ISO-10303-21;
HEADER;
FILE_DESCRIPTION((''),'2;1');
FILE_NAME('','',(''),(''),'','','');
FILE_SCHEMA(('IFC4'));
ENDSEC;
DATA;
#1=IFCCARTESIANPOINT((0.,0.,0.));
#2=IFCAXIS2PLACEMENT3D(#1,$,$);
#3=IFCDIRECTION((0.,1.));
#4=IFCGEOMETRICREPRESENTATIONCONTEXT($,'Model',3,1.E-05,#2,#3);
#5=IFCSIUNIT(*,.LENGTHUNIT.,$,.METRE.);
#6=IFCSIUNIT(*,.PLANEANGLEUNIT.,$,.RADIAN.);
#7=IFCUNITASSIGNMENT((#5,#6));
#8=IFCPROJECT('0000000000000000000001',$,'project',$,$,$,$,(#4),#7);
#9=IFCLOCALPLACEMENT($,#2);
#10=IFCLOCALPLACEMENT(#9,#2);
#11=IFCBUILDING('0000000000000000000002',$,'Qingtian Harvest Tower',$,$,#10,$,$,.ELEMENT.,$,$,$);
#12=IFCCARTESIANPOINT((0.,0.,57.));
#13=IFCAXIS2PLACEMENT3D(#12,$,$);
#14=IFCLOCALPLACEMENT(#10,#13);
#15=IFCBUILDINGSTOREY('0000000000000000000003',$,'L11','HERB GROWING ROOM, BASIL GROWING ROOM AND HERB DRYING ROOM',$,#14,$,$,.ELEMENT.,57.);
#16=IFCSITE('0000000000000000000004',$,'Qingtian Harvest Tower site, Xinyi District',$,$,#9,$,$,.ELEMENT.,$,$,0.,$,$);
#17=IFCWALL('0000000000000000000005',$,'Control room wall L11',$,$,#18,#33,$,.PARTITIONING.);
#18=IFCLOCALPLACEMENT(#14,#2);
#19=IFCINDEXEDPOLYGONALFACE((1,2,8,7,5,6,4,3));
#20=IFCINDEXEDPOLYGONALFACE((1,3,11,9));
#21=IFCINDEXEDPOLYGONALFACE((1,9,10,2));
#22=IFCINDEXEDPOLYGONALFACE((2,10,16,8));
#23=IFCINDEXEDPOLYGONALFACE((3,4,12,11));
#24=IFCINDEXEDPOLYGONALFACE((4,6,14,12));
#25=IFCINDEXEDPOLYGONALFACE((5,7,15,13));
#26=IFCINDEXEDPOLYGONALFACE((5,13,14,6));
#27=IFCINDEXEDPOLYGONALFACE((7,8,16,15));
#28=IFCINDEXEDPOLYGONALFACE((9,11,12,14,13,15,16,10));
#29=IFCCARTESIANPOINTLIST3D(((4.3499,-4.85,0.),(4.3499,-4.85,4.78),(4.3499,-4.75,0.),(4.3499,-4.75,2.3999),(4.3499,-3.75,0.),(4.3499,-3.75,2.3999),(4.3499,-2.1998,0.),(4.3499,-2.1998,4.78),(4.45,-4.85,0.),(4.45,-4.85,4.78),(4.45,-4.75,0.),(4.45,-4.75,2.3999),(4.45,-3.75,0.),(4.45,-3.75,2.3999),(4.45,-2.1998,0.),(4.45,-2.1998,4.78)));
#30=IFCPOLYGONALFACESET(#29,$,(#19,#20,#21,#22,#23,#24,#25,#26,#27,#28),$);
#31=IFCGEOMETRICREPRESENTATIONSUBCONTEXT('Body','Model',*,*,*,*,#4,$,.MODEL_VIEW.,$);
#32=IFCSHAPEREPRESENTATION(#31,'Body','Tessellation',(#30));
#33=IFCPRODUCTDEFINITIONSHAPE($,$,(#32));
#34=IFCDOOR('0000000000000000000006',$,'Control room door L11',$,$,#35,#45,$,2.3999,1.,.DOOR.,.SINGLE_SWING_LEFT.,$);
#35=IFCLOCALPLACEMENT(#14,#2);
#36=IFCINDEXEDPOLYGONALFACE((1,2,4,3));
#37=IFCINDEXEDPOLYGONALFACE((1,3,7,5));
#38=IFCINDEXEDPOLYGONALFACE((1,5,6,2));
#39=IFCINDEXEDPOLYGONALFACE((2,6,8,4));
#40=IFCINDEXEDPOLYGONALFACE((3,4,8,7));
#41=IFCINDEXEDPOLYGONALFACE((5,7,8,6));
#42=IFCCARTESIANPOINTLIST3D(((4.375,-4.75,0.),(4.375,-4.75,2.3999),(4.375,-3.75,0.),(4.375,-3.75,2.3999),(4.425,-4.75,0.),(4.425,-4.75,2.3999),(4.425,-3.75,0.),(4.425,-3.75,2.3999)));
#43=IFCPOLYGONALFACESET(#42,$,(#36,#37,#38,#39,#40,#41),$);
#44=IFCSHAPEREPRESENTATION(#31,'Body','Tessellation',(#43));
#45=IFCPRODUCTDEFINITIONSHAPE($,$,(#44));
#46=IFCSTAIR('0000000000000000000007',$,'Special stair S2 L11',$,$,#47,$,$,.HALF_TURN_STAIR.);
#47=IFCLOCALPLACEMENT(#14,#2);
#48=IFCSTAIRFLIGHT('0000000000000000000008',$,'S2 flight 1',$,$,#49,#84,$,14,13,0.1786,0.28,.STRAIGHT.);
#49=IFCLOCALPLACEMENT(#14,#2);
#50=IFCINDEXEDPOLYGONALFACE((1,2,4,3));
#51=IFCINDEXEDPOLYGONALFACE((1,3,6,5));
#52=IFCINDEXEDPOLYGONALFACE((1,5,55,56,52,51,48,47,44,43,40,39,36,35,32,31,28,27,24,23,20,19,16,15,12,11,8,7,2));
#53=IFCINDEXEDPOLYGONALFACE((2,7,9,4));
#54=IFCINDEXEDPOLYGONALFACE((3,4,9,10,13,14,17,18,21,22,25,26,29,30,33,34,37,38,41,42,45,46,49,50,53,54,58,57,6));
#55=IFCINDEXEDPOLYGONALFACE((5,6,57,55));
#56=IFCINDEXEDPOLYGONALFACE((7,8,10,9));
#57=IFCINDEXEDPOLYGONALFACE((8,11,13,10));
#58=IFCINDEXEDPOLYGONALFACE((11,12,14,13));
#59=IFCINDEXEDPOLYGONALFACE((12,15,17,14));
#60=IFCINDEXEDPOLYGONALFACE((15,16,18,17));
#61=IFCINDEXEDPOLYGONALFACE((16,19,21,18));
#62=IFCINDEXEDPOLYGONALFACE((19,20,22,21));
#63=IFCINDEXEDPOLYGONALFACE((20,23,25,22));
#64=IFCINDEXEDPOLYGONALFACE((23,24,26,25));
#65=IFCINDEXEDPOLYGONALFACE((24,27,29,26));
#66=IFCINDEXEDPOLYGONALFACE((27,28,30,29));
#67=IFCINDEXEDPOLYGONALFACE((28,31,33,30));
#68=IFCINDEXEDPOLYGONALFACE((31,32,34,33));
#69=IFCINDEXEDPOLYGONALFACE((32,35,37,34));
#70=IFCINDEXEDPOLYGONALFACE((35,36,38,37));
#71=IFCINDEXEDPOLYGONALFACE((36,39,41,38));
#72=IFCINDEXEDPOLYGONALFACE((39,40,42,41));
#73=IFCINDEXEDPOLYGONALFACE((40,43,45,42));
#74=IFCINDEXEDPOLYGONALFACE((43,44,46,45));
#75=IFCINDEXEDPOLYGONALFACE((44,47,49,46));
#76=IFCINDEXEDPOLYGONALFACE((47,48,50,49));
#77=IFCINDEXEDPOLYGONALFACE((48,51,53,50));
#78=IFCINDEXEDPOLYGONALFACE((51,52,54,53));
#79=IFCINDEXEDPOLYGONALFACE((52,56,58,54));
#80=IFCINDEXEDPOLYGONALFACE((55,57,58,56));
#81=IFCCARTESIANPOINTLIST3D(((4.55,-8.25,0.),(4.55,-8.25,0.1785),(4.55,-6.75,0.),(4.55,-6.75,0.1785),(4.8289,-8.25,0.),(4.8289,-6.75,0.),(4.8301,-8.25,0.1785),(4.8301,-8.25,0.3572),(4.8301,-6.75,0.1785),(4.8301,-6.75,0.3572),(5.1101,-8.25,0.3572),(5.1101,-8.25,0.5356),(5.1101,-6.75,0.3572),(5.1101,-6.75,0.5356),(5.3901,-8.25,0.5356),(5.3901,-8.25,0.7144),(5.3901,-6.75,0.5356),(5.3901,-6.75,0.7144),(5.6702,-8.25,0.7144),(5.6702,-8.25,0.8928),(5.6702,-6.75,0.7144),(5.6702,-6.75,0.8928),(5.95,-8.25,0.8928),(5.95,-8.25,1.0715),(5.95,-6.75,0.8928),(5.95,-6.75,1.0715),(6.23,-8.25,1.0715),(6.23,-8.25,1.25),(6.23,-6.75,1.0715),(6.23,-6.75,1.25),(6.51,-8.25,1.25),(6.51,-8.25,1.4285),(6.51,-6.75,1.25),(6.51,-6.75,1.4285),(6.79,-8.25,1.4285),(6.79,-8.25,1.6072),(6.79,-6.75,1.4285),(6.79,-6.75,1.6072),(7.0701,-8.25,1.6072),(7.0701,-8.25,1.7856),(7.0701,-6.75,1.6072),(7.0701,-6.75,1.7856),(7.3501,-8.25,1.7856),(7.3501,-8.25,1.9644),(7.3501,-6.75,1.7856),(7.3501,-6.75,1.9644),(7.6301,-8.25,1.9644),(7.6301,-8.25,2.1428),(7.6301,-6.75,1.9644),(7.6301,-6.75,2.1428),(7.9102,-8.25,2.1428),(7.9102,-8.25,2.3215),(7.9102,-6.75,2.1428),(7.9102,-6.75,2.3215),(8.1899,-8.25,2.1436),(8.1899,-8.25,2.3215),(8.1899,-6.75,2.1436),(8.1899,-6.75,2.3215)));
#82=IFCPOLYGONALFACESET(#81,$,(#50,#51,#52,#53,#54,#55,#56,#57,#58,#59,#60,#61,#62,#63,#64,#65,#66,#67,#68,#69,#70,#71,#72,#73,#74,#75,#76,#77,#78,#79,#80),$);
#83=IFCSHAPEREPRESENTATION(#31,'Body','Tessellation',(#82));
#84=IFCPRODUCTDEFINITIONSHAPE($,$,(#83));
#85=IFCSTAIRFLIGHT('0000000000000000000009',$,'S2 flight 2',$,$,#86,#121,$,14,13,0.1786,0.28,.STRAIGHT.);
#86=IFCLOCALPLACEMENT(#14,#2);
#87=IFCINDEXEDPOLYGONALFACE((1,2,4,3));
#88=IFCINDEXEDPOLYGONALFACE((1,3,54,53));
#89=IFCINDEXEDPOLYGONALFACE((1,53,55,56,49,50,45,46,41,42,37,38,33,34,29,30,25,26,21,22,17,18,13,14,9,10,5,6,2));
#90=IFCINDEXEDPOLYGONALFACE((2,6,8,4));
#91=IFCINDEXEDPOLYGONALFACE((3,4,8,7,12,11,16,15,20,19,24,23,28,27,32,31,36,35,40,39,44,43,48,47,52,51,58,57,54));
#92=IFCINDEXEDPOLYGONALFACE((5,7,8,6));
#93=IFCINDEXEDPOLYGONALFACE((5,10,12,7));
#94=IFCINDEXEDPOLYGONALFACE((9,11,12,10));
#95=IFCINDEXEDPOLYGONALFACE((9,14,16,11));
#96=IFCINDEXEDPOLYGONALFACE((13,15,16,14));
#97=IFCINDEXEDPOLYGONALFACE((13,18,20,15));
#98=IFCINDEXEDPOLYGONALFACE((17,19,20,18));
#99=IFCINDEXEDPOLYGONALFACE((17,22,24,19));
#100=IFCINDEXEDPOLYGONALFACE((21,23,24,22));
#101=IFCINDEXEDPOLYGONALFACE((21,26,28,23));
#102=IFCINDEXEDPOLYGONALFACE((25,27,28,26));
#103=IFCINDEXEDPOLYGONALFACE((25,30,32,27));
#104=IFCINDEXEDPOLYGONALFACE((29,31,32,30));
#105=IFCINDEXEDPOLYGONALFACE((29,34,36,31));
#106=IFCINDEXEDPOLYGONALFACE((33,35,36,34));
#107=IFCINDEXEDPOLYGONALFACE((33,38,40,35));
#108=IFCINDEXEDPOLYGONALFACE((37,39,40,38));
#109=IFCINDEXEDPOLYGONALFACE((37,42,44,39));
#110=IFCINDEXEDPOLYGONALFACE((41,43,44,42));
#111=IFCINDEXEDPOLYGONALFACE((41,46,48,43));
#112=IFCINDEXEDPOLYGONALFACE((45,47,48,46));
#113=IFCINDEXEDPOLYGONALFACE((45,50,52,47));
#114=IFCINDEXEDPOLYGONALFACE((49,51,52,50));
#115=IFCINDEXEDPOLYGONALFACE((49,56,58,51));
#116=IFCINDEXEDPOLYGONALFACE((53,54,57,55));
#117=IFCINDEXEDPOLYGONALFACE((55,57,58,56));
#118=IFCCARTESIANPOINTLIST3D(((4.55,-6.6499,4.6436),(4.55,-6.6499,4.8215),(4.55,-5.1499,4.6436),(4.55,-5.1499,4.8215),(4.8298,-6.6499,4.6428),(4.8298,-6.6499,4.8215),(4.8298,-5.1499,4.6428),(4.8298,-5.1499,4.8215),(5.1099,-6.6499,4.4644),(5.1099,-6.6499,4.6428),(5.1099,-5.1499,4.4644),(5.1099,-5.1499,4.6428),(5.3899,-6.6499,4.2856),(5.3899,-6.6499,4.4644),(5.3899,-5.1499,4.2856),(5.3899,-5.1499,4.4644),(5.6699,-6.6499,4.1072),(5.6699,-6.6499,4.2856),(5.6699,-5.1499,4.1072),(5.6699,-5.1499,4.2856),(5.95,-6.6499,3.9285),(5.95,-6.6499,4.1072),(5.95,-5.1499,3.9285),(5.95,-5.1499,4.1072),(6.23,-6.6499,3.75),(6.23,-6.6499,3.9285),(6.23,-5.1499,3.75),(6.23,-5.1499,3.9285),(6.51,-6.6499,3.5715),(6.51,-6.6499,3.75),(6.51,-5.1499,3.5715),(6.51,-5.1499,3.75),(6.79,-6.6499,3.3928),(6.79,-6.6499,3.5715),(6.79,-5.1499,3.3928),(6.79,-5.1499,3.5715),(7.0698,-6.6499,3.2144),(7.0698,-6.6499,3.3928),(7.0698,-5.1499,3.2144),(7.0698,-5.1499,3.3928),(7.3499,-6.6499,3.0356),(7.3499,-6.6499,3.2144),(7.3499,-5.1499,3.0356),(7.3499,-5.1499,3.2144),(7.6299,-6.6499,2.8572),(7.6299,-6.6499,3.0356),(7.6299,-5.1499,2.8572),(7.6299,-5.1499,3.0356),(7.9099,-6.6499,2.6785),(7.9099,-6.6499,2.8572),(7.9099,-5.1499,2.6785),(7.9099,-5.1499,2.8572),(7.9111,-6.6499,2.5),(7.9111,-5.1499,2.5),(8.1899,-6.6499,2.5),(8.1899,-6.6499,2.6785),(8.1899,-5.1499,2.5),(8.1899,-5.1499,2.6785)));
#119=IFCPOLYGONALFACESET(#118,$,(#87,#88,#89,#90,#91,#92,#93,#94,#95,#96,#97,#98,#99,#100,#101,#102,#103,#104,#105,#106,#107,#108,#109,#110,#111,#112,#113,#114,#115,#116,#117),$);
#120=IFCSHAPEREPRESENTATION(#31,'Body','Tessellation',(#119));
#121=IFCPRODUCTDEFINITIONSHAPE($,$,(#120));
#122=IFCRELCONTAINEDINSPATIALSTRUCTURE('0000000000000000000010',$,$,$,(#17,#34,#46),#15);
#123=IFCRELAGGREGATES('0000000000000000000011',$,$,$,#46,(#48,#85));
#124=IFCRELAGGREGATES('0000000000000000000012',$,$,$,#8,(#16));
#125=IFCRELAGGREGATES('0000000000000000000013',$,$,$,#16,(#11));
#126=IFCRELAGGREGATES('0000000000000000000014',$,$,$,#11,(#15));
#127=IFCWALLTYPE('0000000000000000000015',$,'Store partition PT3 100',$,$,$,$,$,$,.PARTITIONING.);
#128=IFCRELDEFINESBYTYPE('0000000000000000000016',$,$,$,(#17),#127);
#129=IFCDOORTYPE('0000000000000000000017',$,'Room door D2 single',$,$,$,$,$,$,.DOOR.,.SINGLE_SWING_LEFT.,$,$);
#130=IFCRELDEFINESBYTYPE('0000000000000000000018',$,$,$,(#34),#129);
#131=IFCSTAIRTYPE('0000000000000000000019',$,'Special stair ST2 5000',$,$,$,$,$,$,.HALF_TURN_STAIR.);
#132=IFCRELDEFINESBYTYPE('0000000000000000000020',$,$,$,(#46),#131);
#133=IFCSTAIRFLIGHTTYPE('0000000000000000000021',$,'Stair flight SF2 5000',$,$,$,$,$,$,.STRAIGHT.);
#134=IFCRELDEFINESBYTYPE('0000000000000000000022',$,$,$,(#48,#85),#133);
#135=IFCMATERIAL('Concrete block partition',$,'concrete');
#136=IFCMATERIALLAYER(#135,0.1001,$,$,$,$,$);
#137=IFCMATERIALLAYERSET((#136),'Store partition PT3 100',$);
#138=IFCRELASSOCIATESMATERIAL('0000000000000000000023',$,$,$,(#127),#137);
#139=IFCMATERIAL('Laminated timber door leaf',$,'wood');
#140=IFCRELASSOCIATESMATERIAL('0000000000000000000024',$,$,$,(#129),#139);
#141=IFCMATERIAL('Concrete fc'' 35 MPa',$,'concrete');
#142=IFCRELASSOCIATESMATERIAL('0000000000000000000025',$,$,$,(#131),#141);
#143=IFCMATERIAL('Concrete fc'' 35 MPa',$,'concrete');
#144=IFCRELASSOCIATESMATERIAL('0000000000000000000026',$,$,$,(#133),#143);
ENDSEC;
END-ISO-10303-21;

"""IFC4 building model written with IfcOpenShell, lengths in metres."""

from ifc_helpers import new_model, si_unit, direction, frame, frame_2d, origin, place, context, subcontext, project, spatial, polyline, rectangle, outline, extrude, material, layer, layer_set, type_object, element, fill, aggregate, save


model = new_model("IFC4")

# Units and contexts
model_context = context("Model", 3, precision=1e-05, world=origin(), true_north=direction((0.0, 1.0)))
body_context = subcontext(model_context, "Body", "Model", "MODEL_VIEW")
ifc_project = project(units=[si_unit("LENGTHUNIT", "METRE"), si_unit("PLANEANGLEUNIT", "RADIAN")], contexts=[model_context])

# Site, building, storey
site_placement = place(None, origin())
site = spatial("IfcSite", under=ifc_project, at=site_placement, Name="Qingtian Harvest Tower site, Xinyi District", CompositionType="ELEMENT", RefElevation=0.0)
building_placement = place(site_placement, origin())
building = spatial("IfcBuilding", under=site, at=building_placement, Name="Qingtian Harvest Tower", CompositionType="ELEMENT")
storey_placement = place(building_placement, frame((0.0, 0.0, 57.0)))
storey = spatial("IfcBuildingStorey", under=building, at=storey_placement, Name="L11", Description="HERB GROWING ROOM, BASIL GROWING ROOM AND HERB DRYING ROOM", CompositionType="ELEMENT", Elevation=57.0)

# Wall, opening, door
ifc_material_1 = material(Name="Concrete block partition", Category="concrete")
ifc_layer_1 = layer(ifc_material_1, 0.1001)
ifc_layer_set_1 = layer_set([ifc_layer_1], Name="Store partition PT3 100")
wall_type_1 = type_object("IfcWallType", Name="Store partition PT3 100", PredefinedType="PARTITIONING", material=ifc_layer_set_1)
wall_1_placement = place(storey_placement, frame((4.3999, -4.8501, 0.0), z_axis=(0.0, 0.0, 1.0), x_axis=(0.0, 1.0, 0.0)))
wall_1 = element("IfcWall", 1, at=wall_1_placement, inside=storey, type_object=wall_type_1, Name="Control room wall L11", PredefinedType="PARTITIONING", context=body_context, shape_type="SweptSolid", body=[
    extrude(rectangle(XDim=2.6501, YDim=0.1001, at=frame_2d((1.3252, 0.0))), origin(), (0.0, 0.0, 1.0), 4.78),
])
opening_1_placement = place(wall_1_placement, frame((0.1001, 0.0, 0.0)))
opening_1 = element("IfcOpeningElement", 2, at=opening_1_placement, cuts=wall_1, PredefinedType="OPENING", context=body_context, shape_type="SweptSolid", body=[
    extrude(rectangle(XDim=1.0, YDim=2.3999, at=frame_2d((0.5, 1.2))), frame((0.0, 0.0601, 0.0), z_axis=(0.0, -1.0, 0.0), x_axis=(1.0, 0.0, 0.0)), (0.0, 0.0, 1.0), 0.1201),
])
ifc_material_2 = material(Name="Laminated timber door leaf", Category="wood")
door_type_1 = type_object("IfcDoorType", Name="Room door D2 single", OperationType="SINGLE_SWING_LEFT", PredefinedType="DOOR", material=ifc_material_2)
door_1_placement = place(opening_1_placement, origin())
door_1 = element("IfcDoor", 3, at=door_1_placement, inside=storey, type_object=door_type_1, Name="Control room door L11", OperationType="SINGLE_SWING_LEFT", OverallHeight=2.3999, OverallWidth=1.0, PredefinedType="DOOR", context=body_context, shape_type="SweptSolid", body=[
    extrude(rectangle(XDim=1.0, YDim=2.3999, at=frame_2d((0.5, 1.2))), frame((0.0, 0.0249, 0.0), z_axis=(0.0, -1.0, 0.0), x_axis=(1.0, 0.0, 0.0)), (0.0, 0.0, 1.0), 0.05),
])
fill(opening_1, door_1)

# Stair, stair flights
ifc_material_3 = material(Name="Concrete fc' 35 MPa", Category="concrete")
stair_type = type_object("IfcStairType", Name="Special stair ST2 5000", PredefinedType="HALF_TURN_STAIR", material=ifc_material_3)
stair_placement = place(storey_placement, origin())
stair = element("IfcStair", 4, at=stair_placement, inside=storey, type_object=stair_type, Name="Special stair S2 L11", PredefinedType="HALF_TURN_STAIR")
ifc_material_4 = material(Name="Concrete fc' 35 MPa", Category="concrete")
stair_flight_type = type_object("IfcStairFlightType", Name="Stair flight SF2 5000", PredefinedType="STRAIGHT", material=ifc_material_4)
stair_flight_1_placement = place(storey_placement, frame((4.55, -7.5, 0.0), z_axis=(0.0, 0.0, 1.0), x_axis=(1.0, 0.0, 0.0)))
stair_flight_1 = element("IfcStairFlight", 5, at=stair_flight_1_placement, type_object=stair_flight_type, Name="S2 flight 1", NumberOfRisers=14, NumberOfTreads=13, PredefinedType="STRAIGHT", RiserHeight=0.1786, TreadLength=0.28, context=body_context, shape_type="SweptSolid", body=[
    extrude(outline(polyline([(0.0, 0.0), (0.0, 0.1785), (0.28, 0.1785), (0.28, 0.3572), (0.5601, 0.3572), (0.5601, 0.5356), (0.8401, 0.5356), (0.8401, 0.7144), (1.1201, 0.7144), (1.1201, 0.8928), (1.3999, 0.8928), (1.3999, 1.0715), (1.6799, 1.0715), (1.6799, 1.25), (1.96, 1.25), (1.96, 1.4285), (2.24, 1.4285), (2.24, 1.6072), (2.52, 1.6072), (2.52, 1.7856), (2.8, 1.7856), (2.8, 1.9644), (3.0801, 1.9644), (3.0801, 2.1428), (3.3601, 2.1428), (3.3601, 2.3215), (3.6399, 2.3215), (3.6399, 2.5), (3.6399, 2.1436), (0.2788, 0.0), (0.0, 0.0)])), frame((0.0, 0.75, 0.0), z_axis=(0.0, -1.0, 0.0), x_axis=(1.0, 0.0, 0.0)), (0.0, 0.0, 1.0), 1.5),
])
stair_flight_2_placement = place(storey_placement, frame((8.1899, -5.8999, 2.5), z_axis=(0.0, 0.0, 1.0), x_axis=(-1.0, 0.0, 0.0)))
stair_flight_2 = element("IfcStairFlight", 6, at=stair_flight_2_placement, type_object=stair_flight_type, Name="S2 flight 2", NumberOfRisers=14, NumberOfTreads=13, PredefinedType="STRAIGHT", RiserHeight=0.1786, TreadLength=0.28, context=body_context, shape_type="SweptSolid", body=[
    extrude(outline(polyline([(0.0, 0.0), (0.0, 0.1785), (0.28, 0.1785), (0.28, 0.3572), (0.5601, 0.3572), (0.5601, 0.5356), (0.8401, 0.5356), (0.8401, 0.7144), (1.1201, 0.7144), (1.1201, 0.8928), (1.3999, 0.8928), (1.3999, 1.0715), (1.6799, 1.0715), (1.6799, 1.25), (1.96, 1.25), (1.96, 1.4285), (2.24, 1.4285), (2.24, 1.6072), (2.52, 1.6072), (2.52, 1.7856), (2.8, 1.7856), (2.8, 1.9644), (3.0801, 1.9644), (3.0801, 2.1428), (3.3601, 2.1428), (3.3601, 2.3215), (3.6399, 2.3215), (3.6399, 2.5), (3.6399, 2.1436), (0.2788, 0.0), (0.0, 0.0)])), frame((0.0, 0.75, 0.0), z_axis=(0.0, -1.0, 0.0), x_axis=(1.0, 0.0, 0.0)), (0.0, 0.0, 1.0), 1.5),
])
aggregate(stair, [stair_flight_1, stair_flight_2])

save(model, "model.ifc")
